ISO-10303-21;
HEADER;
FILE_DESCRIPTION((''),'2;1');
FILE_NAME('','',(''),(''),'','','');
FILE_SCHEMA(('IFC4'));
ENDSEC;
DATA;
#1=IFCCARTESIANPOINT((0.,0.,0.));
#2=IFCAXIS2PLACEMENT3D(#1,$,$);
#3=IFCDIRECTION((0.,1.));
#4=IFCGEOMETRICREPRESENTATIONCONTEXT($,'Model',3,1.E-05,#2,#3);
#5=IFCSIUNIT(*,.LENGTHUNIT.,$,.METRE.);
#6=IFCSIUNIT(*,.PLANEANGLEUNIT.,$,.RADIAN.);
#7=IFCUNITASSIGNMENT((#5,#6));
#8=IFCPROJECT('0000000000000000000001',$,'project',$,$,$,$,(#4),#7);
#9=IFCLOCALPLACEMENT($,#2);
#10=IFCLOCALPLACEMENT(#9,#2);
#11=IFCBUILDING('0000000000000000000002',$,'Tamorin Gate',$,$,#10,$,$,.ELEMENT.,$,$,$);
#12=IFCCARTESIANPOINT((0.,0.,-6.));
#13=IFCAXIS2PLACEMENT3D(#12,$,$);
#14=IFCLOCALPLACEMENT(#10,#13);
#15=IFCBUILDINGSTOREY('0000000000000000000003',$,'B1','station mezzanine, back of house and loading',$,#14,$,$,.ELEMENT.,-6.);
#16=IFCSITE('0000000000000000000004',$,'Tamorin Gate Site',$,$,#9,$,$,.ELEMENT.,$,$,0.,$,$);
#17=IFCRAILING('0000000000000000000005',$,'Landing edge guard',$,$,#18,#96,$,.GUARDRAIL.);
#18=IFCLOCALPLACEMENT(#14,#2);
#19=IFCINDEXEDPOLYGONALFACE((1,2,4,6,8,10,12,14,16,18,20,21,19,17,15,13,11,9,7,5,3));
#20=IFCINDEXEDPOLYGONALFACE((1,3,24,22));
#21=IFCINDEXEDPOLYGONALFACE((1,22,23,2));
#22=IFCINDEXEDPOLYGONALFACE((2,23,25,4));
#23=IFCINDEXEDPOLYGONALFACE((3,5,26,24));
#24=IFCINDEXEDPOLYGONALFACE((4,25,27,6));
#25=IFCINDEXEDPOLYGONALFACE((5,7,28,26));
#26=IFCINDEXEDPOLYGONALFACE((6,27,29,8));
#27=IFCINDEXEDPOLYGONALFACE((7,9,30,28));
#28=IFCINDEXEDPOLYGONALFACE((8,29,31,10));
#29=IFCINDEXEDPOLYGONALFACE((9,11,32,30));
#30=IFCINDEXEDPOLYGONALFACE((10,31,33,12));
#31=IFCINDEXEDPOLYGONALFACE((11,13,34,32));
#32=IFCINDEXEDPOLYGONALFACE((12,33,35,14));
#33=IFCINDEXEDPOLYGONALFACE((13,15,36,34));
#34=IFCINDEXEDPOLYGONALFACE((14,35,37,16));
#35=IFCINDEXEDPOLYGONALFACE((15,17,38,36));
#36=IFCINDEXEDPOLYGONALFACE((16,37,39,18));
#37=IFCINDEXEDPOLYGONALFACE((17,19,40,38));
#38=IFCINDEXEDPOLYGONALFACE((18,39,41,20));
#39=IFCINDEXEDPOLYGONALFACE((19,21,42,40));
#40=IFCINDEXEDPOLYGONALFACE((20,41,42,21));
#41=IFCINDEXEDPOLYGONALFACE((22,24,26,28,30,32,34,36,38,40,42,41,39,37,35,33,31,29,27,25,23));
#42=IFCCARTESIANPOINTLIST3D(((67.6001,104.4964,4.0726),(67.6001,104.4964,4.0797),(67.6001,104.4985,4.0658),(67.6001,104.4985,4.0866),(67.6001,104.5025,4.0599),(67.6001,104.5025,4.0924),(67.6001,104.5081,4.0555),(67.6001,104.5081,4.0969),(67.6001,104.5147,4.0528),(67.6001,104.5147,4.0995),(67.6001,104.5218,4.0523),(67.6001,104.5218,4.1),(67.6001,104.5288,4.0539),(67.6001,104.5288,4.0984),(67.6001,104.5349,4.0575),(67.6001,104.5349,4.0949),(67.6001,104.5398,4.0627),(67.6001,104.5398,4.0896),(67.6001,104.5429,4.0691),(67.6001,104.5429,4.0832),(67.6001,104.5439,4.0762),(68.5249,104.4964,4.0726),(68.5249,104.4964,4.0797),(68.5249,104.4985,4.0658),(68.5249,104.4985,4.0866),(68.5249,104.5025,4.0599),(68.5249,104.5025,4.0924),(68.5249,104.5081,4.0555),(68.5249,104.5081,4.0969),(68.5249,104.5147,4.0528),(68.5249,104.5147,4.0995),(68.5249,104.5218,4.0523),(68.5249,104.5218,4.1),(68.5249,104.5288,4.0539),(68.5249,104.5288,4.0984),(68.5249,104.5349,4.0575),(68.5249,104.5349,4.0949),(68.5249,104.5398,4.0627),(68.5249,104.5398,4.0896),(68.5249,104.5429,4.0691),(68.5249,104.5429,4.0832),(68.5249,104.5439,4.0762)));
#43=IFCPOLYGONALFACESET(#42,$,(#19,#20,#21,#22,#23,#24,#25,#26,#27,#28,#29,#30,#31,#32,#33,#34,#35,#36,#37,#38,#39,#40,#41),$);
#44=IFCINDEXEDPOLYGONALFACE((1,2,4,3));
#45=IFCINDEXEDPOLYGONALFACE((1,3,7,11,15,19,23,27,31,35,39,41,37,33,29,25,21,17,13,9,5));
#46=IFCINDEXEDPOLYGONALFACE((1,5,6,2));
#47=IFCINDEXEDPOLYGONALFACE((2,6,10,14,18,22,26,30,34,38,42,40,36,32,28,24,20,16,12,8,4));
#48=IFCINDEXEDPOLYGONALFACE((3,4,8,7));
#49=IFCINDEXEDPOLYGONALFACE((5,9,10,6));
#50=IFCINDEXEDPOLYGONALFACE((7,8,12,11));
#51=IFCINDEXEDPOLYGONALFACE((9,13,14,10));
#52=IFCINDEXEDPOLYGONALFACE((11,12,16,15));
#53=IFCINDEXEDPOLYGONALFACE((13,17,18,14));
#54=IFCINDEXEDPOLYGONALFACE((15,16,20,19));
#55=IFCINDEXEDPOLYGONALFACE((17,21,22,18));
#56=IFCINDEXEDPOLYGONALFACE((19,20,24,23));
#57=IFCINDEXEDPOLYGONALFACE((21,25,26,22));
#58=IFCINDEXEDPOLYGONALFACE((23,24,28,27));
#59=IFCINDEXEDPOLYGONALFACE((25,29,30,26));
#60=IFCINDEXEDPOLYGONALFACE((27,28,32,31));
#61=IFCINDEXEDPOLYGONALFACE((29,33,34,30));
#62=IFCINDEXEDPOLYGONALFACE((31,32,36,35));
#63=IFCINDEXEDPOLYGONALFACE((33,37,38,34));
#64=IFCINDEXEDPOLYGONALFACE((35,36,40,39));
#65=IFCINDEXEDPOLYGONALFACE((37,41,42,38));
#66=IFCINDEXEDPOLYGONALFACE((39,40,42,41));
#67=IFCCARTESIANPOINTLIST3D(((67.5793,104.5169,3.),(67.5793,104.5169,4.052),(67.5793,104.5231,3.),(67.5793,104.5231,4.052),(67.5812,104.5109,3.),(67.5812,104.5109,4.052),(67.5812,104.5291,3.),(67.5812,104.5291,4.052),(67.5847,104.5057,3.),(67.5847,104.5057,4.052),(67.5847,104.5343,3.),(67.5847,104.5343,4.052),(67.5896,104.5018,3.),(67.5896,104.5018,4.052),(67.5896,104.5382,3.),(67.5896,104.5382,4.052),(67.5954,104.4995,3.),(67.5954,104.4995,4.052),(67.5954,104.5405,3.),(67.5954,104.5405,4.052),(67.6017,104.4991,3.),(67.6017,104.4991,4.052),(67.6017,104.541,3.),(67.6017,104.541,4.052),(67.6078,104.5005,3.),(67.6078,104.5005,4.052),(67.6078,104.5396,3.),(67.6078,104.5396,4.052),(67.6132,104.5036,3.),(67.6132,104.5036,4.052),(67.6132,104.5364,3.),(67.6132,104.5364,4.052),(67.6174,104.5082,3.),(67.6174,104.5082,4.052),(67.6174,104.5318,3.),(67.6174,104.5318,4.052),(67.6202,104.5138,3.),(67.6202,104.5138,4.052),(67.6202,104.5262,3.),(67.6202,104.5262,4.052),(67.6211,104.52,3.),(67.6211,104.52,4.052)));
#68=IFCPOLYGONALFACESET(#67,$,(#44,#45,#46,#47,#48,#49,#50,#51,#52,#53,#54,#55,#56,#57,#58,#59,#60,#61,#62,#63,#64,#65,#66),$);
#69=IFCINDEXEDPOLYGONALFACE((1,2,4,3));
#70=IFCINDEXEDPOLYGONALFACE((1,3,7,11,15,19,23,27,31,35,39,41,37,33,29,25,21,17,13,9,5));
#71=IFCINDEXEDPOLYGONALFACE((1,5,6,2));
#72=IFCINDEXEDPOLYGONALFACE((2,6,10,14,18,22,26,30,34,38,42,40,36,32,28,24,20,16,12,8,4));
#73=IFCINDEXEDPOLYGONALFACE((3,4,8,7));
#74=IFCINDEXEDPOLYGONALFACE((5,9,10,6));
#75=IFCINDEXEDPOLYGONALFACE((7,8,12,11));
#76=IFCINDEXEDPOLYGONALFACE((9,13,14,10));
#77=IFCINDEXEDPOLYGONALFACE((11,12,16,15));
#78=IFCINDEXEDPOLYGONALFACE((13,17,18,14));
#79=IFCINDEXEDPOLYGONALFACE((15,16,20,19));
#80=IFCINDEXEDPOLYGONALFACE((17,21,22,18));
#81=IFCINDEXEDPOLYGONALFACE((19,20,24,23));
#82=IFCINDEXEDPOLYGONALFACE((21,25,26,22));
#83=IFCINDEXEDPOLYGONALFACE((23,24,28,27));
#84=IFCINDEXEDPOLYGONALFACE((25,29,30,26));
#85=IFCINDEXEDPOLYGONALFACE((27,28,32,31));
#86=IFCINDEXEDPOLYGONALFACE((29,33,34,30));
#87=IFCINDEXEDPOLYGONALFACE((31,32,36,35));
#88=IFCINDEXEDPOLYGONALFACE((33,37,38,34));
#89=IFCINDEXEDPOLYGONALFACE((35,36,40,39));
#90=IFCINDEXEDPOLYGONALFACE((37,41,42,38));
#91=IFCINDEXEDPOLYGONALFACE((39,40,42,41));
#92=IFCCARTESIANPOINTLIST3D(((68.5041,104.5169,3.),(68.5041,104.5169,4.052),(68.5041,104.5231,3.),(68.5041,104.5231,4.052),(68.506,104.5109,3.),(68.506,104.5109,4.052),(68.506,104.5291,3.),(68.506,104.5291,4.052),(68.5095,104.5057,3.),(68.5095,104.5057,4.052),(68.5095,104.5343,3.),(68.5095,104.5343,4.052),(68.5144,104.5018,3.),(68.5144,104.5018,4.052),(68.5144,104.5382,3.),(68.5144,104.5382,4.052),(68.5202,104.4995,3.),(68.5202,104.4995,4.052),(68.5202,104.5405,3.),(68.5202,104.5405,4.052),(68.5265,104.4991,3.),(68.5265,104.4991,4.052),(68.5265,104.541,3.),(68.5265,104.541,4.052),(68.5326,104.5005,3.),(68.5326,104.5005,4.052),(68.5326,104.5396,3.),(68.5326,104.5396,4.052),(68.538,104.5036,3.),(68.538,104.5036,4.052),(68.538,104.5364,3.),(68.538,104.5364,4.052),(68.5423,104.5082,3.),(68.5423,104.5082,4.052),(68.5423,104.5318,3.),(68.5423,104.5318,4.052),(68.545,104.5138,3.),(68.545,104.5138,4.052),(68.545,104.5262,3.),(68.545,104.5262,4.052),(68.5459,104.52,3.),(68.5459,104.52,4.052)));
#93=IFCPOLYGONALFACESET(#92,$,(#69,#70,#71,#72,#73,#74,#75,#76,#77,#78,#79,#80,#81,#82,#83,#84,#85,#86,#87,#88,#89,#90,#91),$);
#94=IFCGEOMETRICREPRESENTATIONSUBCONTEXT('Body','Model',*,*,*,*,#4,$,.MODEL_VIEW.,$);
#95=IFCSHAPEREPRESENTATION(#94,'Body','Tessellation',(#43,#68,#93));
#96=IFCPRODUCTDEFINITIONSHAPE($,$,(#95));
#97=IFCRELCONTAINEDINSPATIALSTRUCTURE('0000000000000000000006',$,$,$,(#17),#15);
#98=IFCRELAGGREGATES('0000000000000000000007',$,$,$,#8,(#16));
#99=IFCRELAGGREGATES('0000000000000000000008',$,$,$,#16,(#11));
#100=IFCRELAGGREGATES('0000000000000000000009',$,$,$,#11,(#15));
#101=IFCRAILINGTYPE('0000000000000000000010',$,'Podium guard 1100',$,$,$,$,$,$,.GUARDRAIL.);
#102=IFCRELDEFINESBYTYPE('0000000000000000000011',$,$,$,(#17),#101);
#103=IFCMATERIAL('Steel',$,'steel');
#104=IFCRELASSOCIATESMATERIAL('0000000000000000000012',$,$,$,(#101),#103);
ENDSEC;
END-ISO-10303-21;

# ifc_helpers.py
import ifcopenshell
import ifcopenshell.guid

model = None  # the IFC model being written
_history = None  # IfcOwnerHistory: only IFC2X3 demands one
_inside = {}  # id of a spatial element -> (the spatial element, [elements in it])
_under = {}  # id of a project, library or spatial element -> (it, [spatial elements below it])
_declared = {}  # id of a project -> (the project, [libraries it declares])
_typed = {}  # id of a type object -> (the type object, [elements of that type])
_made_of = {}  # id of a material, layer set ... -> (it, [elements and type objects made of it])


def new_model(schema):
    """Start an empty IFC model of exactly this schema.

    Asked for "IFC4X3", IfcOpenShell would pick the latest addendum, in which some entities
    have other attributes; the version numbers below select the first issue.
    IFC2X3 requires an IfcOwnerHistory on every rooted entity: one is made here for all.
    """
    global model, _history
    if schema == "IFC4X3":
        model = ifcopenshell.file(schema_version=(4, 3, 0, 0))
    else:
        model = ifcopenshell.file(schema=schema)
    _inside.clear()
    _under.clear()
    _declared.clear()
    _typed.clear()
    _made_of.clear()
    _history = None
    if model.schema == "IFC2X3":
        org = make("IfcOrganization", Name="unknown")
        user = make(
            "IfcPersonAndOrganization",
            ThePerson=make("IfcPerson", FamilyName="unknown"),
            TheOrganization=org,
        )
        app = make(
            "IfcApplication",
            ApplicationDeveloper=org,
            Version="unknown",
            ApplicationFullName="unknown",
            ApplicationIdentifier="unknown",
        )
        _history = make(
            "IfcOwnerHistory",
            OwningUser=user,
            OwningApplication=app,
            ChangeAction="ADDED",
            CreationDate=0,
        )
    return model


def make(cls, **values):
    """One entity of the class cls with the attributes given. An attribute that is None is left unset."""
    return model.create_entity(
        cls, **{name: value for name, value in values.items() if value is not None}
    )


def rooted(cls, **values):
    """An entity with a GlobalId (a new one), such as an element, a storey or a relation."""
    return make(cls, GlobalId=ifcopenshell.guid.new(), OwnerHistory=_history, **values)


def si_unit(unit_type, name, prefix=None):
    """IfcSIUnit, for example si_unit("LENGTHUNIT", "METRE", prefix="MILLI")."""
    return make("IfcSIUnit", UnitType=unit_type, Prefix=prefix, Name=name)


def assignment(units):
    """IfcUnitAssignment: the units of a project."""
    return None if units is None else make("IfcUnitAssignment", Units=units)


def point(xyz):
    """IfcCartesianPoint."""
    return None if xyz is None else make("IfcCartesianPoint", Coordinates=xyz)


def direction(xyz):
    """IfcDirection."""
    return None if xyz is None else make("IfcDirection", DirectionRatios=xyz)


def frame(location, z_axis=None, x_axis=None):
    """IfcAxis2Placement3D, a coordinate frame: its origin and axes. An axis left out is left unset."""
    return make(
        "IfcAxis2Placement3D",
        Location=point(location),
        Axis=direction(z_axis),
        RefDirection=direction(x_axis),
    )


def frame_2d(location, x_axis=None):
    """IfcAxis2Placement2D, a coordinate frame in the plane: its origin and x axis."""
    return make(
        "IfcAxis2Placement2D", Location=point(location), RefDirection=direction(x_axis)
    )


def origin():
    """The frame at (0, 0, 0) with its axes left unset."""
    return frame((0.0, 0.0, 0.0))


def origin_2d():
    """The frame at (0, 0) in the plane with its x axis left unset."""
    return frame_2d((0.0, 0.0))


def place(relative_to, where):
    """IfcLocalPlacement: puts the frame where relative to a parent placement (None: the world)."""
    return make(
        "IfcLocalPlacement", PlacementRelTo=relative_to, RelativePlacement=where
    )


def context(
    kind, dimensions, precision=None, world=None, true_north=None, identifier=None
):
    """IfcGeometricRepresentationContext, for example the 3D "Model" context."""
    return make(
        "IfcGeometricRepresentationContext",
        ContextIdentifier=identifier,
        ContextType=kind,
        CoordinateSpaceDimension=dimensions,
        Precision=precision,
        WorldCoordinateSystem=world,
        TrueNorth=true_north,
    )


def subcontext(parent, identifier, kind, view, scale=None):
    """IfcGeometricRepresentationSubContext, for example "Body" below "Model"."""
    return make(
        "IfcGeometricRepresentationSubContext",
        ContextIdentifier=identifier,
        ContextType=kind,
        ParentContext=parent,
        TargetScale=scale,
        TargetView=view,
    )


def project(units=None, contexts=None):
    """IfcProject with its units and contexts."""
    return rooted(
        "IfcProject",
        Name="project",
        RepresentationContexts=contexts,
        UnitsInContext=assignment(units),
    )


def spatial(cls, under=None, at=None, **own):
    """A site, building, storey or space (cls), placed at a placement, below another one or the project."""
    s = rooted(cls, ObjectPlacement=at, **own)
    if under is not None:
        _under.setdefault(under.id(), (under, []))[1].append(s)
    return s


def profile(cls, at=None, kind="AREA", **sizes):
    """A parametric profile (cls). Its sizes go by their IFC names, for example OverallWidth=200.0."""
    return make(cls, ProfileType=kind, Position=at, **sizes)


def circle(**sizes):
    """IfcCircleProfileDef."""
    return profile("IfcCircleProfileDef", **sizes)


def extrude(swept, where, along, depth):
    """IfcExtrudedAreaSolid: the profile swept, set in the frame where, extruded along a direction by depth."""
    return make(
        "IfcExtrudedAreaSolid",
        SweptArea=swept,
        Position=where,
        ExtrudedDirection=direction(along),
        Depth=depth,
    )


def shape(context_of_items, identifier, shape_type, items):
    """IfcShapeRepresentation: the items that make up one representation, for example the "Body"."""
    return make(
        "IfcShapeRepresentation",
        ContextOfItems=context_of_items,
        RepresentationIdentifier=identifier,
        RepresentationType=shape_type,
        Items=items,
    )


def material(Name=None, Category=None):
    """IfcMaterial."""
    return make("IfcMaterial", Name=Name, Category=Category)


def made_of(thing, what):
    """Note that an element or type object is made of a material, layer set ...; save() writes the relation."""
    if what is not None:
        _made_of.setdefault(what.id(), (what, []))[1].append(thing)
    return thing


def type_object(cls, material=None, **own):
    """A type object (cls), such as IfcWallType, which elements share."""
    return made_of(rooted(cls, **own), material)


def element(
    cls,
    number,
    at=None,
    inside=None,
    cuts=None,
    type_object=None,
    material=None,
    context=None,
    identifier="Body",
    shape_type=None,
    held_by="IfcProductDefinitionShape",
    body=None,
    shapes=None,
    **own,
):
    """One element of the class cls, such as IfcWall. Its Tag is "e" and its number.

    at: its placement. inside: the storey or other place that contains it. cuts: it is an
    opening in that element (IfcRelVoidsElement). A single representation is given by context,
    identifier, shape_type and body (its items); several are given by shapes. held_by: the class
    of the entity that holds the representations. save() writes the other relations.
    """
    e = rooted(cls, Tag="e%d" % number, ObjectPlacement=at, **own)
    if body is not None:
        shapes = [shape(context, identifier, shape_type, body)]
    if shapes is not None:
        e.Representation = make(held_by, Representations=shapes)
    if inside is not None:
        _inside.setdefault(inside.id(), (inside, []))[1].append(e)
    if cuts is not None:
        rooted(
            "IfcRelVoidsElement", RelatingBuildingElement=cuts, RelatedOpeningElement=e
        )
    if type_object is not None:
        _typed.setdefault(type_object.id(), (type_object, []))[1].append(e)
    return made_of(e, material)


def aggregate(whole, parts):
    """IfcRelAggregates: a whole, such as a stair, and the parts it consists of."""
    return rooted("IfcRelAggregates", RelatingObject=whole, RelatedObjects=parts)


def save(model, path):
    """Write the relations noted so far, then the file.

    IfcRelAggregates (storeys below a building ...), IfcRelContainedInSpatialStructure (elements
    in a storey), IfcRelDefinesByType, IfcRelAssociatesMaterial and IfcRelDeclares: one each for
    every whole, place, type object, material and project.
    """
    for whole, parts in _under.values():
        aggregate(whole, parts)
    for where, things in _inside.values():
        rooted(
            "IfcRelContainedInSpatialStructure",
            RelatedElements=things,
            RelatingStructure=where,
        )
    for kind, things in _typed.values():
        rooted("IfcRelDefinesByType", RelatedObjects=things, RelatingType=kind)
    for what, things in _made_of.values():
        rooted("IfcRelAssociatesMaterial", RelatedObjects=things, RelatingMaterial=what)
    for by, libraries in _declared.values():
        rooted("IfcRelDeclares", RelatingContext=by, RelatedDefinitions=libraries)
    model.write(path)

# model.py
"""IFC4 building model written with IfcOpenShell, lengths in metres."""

from ifc_helpers import new_model, si_unit, direction, frame, origin, origin_2d, place, context, subcontext, project, spatial, circle, extrude, material, type_object, element, save


model = new_model("IFC4")

# Units and contexts
model_context = context("Model", 3, precision=1e-05, world=origin(), true_north=direction((0.0, 1.0)))
body_context = subcontext(model_context, "Body", "Model", "MODEL_VIEW")
ifc_project = project(units=[si_unit("LENGTHUNIT", "METRE"), si_unit("PLANEANGLEUNIT", "RADIAN")], contexts=[model_context])

# Site, building, storey
site_placement = place(None, origin())
site = spatial("IfcSite", under=ifc_project, at=site_placement, Name="Tamorin Gate Site", CompositionType="ELEMENT", RefElevation=0.0)
building_placement = place(site_placement, origin())
building = spatial("IfcBuilding", under=site, at=building_placement, Name="Tamorin Gate", CompositionType="ELEMENT")
storey_placement = place(building_placement, frame((0.0, 0.0, -6.0)))
storey = spatial("IfcBuildingStorey", under=building, at=storey_placement, Name="B1", Description="station mezzanine, back of house and loading", CompositionType="ELEMENT", Elevation=-6.0)

# Railing
ifc_material_1 = material(Name="Steel", Category="steel")
railing_type_1 = type_object("IfcRailingType", Name="Podium guard 1100", PredefinedType="GUARDRAIL", material=ifc_material_1)
railing_1_placement = place(storey_placement, frame((67.6001, 104.52, 3.0)))
element("IfcRailing", 1, at=railing_1_placement, inside=storey, type_object=railing_type_1, Name="Landing edge guard", PredefinedType="GUARDRAIL", context=body_context, shape_type="SweptSolid", body=[
    extrude(circle(Radius=0.0239, at=origin_2d()), frame((0.0, 0.0, 1.0762), z_axis=(1.0, 0.0, 0.0), x_axis=(0.0, 1.0, 0.0)), (0.0, 0.0, 1.0), 0.9248),
    extrude(circle(Radius=0.021, at=origin_2d()), origin(), (0.0, 0.0, 1.0), 1.052),
    extrude(circle(Radius=0.021, at=origin_2d()), frame((0.9248, 0.0, 0.0)), (0.0, 0.0, 1.0), 1.052),
])

save(model, "model.ifc")
